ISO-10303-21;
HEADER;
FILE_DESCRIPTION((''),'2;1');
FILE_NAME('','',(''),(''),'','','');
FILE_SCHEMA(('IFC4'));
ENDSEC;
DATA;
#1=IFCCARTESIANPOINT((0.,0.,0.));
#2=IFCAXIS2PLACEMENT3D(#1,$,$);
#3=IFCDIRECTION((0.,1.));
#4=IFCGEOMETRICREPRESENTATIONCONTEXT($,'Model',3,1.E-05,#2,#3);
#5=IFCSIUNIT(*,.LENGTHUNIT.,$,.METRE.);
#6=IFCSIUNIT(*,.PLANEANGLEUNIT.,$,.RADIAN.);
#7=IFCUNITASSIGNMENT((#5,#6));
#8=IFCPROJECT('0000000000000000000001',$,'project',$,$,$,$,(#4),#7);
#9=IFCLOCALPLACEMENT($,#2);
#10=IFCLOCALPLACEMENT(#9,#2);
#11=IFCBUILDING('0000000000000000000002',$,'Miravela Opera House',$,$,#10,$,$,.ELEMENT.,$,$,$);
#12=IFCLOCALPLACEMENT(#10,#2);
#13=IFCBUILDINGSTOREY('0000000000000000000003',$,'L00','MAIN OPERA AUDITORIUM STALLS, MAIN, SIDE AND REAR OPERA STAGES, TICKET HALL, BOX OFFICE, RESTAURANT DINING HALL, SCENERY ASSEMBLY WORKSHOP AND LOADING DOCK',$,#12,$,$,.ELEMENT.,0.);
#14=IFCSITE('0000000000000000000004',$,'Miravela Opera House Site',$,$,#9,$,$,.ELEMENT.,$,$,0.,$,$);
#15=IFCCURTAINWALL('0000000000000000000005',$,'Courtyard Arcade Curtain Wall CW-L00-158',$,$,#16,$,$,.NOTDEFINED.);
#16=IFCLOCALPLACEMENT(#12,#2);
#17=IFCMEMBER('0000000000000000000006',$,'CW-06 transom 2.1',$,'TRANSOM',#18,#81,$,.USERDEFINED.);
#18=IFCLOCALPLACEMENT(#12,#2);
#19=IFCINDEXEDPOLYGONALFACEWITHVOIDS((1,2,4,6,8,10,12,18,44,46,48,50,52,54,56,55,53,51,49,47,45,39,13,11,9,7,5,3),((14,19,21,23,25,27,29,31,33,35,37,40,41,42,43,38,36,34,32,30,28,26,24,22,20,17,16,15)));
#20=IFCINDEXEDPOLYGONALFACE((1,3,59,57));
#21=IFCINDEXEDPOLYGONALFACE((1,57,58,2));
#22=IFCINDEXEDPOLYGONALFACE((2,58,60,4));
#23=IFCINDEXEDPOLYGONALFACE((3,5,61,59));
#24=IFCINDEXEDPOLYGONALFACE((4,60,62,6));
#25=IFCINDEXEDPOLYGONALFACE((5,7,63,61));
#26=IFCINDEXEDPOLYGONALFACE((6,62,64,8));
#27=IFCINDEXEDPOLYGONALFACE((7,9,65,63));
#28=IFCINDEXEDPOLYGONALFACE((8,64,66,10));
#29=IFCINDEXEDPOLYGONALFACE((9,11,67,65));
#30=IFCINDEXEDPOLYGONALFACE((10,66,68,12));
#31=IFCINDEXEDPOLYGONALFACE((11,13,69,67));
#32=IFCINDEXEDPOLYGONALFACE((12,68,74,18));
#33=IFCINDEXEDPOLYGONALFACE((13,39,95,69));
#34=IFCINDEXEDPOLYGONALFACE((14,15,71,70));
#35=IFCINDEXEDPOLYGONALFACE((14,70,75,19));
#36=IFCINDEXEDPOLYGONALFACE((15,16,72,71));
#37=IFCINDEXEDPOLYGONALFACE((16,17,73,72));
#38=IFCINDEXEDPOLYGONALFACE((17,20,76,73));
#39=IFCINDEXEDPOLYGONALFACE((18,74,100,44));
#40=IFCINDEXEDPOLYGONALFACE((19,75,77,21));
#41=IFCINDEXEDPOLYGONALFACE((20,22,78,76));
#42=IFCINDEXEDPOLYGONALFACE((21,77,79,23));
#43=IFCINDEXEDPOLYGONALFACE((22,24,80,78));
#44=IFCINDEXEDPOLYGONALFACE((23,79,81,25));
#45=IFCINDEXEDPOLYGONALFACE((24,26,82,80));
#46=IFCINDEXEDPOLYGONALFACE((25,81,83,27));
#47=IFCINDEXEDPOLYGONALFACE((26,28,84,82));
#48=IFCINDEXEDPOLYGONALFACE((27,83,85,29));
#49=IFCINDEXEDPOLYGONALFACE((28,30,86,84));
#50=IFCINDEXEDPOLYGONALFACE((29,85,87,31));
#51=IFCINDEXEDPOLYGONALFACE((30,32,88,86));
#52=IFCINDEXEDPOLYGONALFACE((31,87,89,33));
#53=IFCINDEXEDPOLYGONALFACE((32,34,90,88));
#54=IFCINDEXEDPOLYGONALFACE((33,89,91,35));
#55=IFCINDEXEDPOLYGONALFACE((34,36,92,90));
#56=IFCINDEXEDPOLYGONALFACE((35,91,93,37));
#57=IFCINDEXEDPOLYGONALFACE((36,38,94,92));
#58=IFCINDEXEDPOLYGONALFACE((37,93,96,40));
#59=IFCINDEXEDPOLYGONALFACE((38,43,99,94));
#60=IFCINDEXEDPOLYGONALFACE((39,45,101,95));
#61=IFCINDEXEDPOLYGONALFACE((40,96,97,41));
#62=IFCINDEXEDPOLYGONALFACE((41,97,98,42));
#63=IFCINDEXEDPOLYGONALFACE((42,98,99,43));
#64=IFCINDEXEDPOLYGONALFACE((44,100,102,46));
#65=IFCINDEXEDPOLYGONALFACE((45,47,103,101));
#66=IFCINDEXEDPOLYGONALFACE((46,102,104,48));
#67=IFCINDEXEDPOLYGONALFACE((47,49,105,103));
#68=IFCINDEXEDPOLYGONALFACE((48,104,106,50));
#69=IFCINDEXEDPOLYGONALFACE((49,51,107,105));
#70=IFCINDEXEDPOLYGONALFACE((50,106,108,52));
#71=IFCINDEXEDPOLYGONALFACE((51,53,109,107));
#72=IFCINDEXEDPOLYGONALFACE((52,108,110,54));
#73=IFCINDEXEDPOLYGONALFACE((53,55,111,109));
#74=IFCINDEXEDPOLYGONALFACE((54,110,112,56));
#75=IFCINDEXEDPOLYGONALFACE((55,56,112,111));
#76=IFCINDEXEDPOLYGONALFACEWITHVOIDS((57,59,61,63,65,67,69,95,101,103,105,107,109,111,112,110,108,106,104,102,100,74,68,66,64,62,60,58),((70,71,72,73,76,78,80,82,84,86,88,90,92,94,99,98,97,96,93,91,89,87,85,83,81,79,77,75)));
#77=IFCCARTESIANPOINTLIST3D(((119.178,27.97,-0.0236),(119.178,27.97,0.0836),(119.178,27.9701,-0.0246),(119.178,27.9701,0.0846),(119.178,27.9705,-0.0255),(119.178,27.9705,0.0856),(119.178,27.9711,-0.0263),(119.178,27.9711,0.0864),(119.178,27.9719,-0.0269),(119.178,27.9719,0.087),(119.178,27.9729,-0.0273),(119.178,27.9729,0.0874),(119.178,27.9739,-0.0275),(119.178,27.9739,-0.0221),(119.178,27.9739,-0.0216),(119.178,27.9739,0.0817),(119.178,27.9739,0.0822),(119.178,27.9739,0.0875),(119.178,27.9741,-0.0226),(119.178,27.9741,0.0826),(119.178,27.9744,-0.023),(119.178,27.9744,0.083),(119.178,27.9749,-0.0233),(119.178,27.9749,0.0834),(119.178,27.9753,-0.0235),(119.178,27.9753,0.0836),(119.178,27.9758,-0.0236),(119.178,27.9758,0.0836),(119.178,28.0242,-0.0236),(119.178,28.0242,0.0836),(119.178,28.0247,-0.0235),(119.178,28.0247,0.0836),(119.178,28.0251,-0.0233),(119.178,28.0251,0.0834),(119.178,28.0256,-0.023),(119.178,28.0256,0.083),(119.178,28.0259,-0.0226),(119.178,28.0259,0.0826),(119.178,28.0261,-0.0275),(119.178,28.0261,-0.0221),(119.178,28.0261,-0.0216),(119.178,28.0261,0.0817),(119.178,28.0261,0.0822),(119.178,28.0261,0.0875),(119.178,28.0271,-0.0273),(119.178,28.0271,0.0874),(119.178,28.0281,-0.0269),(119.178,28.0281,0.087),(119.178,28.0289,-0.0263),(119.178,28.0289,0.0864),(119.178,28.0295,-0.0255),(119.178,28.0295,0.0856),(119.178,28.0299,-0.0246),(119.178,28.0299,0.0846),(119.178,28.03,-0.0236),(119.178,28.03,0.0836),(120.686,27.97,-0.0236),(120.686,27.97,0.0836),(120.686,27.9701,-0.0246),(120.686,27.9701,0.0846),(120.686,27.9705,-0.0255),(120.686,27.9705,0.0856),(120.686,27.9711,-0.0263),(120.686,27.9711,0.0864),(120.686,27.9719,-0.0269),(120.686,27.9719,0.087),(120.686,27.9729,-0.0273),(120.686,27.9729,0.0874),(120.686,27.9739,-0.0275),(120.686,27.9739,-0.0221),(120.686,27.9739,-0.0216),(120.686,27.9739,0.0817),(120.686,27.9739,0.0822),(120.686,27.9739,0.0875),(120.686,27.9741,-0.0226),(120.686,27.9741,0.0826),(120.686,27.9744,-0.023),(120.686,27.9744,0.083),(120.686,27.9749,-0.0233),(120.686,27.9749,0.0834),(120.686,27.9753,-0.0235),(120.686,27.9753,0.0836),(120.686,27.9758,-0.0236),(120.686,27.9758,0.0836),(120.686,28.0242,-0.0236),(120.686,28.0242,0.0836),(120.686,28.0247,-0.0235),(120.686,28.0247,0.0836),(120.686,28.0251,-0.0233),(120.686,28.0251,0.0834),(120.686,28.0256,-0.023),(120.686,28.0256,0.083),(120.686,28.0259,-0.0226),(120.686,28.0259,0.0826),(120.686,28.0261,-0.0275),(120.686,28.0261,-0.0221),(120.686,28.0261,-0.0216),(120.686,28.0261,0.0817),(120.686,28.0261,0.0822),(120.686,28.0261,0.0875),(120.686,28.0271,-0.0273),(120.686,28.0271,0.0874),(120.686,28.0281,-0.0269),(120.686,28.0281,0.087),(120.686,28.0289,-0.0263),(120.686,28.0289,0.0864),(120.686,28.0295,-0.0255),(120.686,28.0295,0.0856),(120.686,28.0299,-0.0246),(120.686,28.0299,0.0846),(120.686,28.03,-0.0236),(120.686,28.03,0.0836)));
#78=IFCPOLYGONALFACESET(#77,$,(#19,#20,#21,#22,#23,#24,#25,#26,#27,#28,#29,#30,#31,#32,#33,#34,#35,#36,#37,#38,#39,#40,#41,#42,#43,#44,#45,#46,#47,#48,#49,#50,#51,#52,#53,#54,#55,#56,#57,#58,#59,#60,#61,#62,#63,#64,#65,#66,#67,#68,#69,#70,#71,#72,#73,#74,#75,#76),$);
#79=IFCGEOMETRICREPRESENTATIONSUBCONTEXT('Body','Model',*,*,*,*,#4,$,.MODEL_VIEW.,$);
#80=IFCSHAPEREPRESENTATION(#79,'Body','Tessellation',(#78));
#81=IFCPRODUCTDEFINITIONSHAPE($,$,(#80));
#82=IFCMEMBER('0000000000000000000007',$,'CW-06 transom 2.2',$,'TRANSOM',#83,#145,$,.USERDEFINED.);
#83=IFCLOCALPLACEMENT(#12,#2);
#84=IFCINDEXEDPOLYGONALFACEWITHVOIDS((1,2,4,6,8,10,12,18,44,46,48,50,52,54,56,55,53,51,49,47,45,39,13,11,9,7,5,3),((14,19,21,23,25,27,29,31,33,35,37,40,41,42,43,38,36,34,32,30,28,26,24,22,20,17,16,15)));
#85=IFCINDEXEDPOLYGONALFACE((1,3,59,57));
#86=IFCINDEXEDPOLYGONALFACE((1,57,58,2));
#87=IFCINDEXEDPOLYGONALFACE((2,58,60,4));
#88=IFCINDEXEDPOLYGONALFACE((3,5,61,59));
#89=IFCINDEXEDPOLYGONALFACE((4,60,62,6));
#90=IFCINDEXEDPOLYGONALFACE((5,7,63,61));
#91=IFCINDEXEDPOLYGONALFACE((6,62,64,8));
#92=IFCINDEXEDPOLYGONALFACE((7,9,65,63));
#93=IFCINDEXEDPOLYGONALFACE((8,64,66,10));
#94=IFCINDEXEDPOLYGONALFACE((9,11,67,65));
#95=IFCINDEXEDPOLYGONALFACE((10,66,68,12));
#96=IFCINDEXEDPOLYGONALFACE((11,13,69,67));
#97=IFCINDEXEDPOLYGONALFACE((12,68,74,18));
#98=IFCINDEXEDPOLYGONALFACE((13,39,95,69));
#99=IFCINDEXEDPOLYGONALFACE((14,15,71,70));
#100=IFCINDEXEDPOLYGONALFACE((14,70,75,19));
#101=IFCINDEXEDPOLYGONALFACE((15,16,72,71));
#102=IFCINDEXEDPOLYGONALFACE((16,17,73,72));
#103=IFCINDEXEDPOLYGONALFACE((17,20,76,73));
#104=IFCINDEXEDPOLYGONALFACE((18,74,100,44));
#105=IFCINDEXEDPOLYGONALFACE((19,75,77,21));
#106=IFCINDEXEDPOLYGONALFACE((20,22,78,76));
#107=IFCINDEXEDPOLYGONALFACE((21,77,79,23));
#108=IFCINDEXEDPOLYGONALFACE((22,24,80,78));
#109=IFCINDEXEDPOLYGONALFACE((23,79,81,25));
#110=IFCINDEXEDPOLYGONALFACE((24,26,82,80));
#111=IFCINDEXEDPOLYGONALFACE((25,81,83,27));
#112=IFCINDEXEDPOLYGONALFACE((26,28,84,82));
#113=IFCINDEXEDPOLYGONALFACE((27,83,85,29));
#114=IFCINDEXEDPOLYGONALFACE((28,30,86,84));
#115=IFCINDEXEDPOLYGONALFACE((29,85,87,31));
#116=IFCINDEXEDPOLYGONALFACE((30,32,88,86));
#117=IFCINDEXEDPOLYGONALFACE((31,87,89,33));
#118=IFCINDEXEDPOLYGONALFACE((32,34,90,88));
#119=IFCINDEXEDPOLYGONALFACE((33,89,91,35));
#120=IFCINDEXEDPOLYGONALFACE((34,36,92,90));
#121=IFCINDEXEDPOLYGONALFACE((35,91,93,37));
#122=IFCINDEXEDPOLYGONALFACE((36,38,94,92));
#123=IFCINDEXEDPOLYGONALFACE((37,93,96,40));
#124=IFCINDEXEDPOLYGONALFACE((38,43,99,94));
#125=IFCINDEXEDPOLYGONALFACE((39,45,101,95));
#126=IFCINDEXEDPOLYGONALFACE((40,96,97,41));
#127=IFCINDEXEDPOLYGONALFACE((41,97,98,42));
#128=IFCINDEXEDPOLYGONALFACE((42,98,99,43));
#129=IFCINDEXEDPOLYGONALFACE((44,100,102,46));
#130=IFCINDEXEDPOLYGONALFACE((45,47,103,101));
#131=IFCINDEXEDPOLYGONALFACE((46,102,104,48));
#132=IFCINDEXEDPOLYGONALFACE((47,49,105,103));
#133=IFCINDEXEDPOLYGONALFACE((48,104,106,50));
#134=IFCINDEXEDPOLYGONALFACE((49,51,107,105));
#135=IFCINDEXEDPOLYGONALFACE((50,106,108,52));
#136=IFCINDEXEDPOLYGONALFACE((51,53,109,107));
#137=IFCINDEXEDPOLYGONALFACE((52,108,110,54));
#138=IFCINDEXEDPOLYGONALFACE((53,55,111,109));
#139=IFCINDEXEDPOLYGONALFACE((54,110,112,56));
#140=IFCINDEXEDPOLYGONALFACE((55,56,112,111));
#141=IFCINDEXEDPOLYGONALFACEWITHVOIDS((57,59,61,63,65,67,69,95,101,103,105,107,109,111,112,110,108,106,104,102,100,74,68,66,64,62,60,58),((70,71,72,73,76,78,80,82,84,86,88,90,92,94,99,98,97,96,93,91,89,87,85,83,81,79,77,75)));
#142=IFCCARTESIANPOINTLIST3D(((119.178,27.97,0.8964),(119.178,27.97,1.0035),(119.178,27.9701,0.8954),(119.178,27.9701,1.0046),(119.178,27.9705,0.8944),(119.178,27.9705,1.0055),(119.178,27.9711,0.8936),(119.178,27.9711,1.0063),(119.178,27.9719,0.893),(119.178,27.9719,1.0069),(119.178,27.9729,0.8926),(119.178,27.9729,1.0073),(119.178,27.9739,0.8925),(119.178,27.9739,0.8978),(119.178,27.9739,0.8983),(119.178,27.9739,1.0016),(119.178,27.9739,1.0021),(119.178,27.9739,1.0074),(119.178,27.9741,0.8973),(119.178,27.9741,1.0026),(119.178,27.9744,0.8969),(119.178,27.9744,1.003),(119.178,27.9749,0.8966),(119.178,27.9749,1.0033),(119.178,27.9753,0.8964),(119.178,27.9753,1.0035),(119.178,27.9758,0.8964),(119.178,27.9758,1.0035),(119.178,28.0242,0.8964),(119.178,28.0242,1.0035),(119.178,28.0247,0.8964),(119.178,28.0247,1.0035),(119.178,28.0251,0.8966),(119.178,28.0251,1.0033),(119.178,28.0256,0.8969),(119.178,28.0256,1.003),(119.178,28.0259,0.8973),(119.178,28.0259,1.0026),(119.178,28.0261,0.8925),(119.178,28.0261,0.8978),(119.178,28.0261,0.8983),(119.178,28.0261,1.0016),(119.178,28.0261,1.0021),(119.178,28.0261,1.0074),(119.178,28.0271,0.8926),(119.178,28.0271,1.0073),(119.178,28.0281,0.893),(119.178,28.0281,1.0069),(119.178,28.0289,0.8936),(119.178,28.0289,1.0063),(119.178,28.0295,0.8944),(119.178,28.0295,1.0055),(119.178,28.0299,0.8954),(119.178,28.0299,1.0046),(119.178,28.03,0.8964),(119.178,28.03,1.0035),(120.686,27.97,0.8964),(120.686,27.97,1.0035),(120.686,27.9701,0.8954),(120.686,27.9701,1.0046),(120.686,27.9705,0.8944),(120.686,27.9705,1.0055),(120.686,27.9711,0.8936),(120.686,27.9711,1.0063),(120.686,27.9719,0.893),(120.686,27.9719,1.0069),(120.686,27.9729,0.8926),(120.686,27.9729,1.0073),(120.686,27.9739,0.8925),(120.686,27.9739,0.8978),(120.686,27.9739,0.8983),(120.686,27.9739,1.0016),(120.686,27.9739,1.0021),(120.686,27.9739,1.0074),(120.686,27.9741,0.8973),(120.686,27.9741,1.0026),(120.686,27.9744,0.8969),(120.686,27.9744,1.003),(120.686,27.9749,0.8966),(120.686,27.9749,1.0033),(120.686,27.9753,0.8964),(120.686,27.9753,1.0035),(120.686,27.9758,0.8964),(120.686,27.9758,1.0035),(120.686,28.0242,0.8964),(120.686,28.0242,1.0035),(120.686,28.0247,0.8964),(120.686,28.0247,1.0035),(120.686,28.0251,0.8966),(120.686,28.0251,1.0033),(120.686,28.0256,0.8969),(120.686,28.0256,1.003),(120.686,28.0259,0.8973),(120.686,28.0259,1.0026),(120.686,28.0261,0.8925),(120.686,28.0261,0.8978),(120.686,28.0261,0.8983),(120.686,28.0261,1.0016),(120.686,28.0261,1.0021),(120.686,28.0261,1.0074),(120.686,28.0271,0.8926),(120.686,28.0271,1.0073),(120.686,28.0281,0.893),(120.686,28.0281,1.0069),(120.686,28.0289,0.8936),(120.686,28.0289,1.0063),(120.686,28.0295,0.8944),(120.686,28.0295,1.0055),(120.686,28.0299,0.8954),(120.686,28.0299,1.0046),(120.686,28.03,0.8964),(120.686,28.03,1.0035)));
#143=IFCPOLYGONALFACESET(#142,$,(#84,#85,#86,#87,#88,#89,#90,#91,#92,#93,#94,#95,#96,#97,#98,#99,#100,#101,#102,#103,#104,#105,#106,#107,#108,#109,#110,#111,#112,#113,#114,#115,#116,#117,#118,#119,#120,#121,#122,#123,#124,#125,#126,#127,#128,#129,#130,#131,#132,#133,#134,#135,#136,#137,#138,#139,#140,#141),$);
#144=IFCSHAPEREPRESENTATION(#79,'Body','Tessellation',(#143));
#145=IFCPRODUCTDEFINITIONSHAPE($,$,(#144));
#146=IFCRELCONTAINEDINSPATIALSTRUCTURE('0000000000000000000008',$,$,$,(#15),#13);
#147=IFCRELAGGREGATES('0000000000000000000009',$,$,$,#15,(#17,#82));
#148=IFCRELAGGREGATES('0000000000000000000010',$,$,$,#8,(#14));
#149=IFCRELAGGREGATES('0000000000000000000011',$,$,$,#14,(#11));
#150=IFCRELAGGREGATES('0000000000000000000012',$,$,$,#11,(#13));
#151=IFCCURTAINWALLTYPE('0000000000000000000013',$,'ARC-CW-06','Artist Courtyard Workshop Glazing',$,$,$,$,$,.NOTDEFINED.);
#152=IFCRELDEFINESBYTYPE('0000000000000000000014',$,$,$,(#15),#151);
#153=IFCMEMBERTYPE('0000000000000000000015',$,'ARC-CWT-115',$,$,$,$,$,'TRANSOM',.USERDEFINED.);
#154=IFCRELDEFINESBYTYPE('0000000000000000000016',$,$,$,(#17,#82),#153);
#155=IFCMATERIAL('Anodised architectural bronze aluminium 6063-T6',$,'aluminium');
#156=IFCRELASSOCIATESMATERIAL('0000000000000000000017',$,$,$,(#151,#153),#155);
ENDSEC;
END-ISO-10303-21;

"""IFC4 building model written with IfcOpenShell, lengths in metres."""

from ifc_helpers import new_model, si_unit, direction, frame, origin, origin_2d, place, context, subcontext, project, spatial, hollow_rectangle, extrude, material, material_profile, profile_set, type_object, element, aggregate, save


model = new_model("IFC4")

# Units and contexts
model_context = context("Model", 3, precision=1e-05, world=origin(), true_north=direction((0.0, 1.0)))
body_context = subcontext(model_context, "Body", "Model", "MODEL_VIEW")
ifc_project = project(units=[si_unit("LENGTHUNIT", "METRE"), si_unit("PLANEANGLEUNIT", "RADIAN")], contexts=[model_context])

# Site, building, storey
site_placement = place(None, origin())
site = spatial("IfcSite", under=ifc_project, at=site_placement, Name="Miravela Opera House Site", CompositionType="ELEMENT", RefElevation=0.0)
building_placement = place(site_placement, origin())
building = spatial("IfcBuilding", under=site, at=building_placement, Name="Miravela Opera House", CompositionType="ELEMENT")
storey_placement = place(building_placement, origin())
storey = spatial("IfcBuildingStorey", under=building, at=storey_placement, Name="L00", Description="MAIN OPERA AUDITORIUM STALLS, MAIN, SIDE AND REAR OPERA STAGES, TICKET HALL, BOX OFFICE, RESTAURANT DINING HALL, SCENERY ASSEMBLY WORKSHOP AND LOADING DOCK", CompositionType="ELEMENT", Elevation=0.0)

# Curtain wall, members
ifc_material_1 = material(Name="Anodised architectural bronze aluminium 6063-T6", Category="aluminium")
curtain_wall_type = type_object("IfcCurtainWallType", Name="ARC-CW-06", Description="Artist Courtyard Workshop Glazing", PredefinedType="NOTDEFINED", material=ifc_material_1)
curtain_wall_placement = place(storey_placement, origin())
curtain_wall = element("IfcCurtainWall", 1, at=curtain_wall_placement, inside=storey, type_object=curtain_wall_type, Name="Courtyard Arcade Curtain Wall CW-L00-158", PredefinedType="NOTDEFINED")
ifc_material_profile_1 = material_profile(ifc_material_1, hollow_rectangle(XDim=0.0601, YDim=0.115, WallThickness=0.0039, InnerFilletRadius=0.002, OuterFilletRadius=0.0039, at=origin_2d()), Name="CWT-60X115")
ifc_profile_set_1 = profile_set([ifc_material_profile_1])
member_type_1 = type_object("IfcMemberType", Name="ARC-CWT-115", ElementType="TRANSOM", PredefinedType="USERDEFINED", material=ifc_profile_set_1)
member_1_placement = place(storey_placement, frame((119.178, 28.0, 0.03), z_axis=(1.0, 0.0, 0.0), x_axis=(0.0, 1.0, 0.0)))
member_1 = element("IfcMember", 2, at=member_1_placement, type_object=member_type_1, Name="CW-06 transom 2.1", ObjectType="TRANSOM", PredefinedType="USERDEFINED", context=body_context, shape_type="SweptSolid", body=[
    extrude(hollow_rectangle(XDim=0.0601, YDim=0.115, WallThickness=0.0039, InnerFilletRadius=0.002, OuterFilletRadius=0.0039, at=origin_2d()), origin(), (0.0, 0.0, 1.0), 1.5081),
])
member_2_placement = place(storey_placement, frame((119.178, 28.0, 0.95), z_axis=(1.0, 0.0, 0.0), x_axis=(0.0, 1.0, 0.0)))
member_2 = element("IfcMember", 3, at=member_2_placement, type_object=member_type_1, Name="CW-06 transom 2.2", ObjectType="TRANSOM", PredefinedType="USERDEFINED", context=body_context, shape_type="SweptSolid", body=[
    extrude(hollow_rectangle(XDim=0.0601, YDim=0.115, WallThickness=0.0039, InnerFilletRadius=0.002, OuterFilletRadius=0.0039, at=origin_2d()), origin(), (0.0, 0.0, 1.0), 1.5081),
])

aggregate(curtain_wall, [member_1, member_2])

save(model, "model.ifc")
